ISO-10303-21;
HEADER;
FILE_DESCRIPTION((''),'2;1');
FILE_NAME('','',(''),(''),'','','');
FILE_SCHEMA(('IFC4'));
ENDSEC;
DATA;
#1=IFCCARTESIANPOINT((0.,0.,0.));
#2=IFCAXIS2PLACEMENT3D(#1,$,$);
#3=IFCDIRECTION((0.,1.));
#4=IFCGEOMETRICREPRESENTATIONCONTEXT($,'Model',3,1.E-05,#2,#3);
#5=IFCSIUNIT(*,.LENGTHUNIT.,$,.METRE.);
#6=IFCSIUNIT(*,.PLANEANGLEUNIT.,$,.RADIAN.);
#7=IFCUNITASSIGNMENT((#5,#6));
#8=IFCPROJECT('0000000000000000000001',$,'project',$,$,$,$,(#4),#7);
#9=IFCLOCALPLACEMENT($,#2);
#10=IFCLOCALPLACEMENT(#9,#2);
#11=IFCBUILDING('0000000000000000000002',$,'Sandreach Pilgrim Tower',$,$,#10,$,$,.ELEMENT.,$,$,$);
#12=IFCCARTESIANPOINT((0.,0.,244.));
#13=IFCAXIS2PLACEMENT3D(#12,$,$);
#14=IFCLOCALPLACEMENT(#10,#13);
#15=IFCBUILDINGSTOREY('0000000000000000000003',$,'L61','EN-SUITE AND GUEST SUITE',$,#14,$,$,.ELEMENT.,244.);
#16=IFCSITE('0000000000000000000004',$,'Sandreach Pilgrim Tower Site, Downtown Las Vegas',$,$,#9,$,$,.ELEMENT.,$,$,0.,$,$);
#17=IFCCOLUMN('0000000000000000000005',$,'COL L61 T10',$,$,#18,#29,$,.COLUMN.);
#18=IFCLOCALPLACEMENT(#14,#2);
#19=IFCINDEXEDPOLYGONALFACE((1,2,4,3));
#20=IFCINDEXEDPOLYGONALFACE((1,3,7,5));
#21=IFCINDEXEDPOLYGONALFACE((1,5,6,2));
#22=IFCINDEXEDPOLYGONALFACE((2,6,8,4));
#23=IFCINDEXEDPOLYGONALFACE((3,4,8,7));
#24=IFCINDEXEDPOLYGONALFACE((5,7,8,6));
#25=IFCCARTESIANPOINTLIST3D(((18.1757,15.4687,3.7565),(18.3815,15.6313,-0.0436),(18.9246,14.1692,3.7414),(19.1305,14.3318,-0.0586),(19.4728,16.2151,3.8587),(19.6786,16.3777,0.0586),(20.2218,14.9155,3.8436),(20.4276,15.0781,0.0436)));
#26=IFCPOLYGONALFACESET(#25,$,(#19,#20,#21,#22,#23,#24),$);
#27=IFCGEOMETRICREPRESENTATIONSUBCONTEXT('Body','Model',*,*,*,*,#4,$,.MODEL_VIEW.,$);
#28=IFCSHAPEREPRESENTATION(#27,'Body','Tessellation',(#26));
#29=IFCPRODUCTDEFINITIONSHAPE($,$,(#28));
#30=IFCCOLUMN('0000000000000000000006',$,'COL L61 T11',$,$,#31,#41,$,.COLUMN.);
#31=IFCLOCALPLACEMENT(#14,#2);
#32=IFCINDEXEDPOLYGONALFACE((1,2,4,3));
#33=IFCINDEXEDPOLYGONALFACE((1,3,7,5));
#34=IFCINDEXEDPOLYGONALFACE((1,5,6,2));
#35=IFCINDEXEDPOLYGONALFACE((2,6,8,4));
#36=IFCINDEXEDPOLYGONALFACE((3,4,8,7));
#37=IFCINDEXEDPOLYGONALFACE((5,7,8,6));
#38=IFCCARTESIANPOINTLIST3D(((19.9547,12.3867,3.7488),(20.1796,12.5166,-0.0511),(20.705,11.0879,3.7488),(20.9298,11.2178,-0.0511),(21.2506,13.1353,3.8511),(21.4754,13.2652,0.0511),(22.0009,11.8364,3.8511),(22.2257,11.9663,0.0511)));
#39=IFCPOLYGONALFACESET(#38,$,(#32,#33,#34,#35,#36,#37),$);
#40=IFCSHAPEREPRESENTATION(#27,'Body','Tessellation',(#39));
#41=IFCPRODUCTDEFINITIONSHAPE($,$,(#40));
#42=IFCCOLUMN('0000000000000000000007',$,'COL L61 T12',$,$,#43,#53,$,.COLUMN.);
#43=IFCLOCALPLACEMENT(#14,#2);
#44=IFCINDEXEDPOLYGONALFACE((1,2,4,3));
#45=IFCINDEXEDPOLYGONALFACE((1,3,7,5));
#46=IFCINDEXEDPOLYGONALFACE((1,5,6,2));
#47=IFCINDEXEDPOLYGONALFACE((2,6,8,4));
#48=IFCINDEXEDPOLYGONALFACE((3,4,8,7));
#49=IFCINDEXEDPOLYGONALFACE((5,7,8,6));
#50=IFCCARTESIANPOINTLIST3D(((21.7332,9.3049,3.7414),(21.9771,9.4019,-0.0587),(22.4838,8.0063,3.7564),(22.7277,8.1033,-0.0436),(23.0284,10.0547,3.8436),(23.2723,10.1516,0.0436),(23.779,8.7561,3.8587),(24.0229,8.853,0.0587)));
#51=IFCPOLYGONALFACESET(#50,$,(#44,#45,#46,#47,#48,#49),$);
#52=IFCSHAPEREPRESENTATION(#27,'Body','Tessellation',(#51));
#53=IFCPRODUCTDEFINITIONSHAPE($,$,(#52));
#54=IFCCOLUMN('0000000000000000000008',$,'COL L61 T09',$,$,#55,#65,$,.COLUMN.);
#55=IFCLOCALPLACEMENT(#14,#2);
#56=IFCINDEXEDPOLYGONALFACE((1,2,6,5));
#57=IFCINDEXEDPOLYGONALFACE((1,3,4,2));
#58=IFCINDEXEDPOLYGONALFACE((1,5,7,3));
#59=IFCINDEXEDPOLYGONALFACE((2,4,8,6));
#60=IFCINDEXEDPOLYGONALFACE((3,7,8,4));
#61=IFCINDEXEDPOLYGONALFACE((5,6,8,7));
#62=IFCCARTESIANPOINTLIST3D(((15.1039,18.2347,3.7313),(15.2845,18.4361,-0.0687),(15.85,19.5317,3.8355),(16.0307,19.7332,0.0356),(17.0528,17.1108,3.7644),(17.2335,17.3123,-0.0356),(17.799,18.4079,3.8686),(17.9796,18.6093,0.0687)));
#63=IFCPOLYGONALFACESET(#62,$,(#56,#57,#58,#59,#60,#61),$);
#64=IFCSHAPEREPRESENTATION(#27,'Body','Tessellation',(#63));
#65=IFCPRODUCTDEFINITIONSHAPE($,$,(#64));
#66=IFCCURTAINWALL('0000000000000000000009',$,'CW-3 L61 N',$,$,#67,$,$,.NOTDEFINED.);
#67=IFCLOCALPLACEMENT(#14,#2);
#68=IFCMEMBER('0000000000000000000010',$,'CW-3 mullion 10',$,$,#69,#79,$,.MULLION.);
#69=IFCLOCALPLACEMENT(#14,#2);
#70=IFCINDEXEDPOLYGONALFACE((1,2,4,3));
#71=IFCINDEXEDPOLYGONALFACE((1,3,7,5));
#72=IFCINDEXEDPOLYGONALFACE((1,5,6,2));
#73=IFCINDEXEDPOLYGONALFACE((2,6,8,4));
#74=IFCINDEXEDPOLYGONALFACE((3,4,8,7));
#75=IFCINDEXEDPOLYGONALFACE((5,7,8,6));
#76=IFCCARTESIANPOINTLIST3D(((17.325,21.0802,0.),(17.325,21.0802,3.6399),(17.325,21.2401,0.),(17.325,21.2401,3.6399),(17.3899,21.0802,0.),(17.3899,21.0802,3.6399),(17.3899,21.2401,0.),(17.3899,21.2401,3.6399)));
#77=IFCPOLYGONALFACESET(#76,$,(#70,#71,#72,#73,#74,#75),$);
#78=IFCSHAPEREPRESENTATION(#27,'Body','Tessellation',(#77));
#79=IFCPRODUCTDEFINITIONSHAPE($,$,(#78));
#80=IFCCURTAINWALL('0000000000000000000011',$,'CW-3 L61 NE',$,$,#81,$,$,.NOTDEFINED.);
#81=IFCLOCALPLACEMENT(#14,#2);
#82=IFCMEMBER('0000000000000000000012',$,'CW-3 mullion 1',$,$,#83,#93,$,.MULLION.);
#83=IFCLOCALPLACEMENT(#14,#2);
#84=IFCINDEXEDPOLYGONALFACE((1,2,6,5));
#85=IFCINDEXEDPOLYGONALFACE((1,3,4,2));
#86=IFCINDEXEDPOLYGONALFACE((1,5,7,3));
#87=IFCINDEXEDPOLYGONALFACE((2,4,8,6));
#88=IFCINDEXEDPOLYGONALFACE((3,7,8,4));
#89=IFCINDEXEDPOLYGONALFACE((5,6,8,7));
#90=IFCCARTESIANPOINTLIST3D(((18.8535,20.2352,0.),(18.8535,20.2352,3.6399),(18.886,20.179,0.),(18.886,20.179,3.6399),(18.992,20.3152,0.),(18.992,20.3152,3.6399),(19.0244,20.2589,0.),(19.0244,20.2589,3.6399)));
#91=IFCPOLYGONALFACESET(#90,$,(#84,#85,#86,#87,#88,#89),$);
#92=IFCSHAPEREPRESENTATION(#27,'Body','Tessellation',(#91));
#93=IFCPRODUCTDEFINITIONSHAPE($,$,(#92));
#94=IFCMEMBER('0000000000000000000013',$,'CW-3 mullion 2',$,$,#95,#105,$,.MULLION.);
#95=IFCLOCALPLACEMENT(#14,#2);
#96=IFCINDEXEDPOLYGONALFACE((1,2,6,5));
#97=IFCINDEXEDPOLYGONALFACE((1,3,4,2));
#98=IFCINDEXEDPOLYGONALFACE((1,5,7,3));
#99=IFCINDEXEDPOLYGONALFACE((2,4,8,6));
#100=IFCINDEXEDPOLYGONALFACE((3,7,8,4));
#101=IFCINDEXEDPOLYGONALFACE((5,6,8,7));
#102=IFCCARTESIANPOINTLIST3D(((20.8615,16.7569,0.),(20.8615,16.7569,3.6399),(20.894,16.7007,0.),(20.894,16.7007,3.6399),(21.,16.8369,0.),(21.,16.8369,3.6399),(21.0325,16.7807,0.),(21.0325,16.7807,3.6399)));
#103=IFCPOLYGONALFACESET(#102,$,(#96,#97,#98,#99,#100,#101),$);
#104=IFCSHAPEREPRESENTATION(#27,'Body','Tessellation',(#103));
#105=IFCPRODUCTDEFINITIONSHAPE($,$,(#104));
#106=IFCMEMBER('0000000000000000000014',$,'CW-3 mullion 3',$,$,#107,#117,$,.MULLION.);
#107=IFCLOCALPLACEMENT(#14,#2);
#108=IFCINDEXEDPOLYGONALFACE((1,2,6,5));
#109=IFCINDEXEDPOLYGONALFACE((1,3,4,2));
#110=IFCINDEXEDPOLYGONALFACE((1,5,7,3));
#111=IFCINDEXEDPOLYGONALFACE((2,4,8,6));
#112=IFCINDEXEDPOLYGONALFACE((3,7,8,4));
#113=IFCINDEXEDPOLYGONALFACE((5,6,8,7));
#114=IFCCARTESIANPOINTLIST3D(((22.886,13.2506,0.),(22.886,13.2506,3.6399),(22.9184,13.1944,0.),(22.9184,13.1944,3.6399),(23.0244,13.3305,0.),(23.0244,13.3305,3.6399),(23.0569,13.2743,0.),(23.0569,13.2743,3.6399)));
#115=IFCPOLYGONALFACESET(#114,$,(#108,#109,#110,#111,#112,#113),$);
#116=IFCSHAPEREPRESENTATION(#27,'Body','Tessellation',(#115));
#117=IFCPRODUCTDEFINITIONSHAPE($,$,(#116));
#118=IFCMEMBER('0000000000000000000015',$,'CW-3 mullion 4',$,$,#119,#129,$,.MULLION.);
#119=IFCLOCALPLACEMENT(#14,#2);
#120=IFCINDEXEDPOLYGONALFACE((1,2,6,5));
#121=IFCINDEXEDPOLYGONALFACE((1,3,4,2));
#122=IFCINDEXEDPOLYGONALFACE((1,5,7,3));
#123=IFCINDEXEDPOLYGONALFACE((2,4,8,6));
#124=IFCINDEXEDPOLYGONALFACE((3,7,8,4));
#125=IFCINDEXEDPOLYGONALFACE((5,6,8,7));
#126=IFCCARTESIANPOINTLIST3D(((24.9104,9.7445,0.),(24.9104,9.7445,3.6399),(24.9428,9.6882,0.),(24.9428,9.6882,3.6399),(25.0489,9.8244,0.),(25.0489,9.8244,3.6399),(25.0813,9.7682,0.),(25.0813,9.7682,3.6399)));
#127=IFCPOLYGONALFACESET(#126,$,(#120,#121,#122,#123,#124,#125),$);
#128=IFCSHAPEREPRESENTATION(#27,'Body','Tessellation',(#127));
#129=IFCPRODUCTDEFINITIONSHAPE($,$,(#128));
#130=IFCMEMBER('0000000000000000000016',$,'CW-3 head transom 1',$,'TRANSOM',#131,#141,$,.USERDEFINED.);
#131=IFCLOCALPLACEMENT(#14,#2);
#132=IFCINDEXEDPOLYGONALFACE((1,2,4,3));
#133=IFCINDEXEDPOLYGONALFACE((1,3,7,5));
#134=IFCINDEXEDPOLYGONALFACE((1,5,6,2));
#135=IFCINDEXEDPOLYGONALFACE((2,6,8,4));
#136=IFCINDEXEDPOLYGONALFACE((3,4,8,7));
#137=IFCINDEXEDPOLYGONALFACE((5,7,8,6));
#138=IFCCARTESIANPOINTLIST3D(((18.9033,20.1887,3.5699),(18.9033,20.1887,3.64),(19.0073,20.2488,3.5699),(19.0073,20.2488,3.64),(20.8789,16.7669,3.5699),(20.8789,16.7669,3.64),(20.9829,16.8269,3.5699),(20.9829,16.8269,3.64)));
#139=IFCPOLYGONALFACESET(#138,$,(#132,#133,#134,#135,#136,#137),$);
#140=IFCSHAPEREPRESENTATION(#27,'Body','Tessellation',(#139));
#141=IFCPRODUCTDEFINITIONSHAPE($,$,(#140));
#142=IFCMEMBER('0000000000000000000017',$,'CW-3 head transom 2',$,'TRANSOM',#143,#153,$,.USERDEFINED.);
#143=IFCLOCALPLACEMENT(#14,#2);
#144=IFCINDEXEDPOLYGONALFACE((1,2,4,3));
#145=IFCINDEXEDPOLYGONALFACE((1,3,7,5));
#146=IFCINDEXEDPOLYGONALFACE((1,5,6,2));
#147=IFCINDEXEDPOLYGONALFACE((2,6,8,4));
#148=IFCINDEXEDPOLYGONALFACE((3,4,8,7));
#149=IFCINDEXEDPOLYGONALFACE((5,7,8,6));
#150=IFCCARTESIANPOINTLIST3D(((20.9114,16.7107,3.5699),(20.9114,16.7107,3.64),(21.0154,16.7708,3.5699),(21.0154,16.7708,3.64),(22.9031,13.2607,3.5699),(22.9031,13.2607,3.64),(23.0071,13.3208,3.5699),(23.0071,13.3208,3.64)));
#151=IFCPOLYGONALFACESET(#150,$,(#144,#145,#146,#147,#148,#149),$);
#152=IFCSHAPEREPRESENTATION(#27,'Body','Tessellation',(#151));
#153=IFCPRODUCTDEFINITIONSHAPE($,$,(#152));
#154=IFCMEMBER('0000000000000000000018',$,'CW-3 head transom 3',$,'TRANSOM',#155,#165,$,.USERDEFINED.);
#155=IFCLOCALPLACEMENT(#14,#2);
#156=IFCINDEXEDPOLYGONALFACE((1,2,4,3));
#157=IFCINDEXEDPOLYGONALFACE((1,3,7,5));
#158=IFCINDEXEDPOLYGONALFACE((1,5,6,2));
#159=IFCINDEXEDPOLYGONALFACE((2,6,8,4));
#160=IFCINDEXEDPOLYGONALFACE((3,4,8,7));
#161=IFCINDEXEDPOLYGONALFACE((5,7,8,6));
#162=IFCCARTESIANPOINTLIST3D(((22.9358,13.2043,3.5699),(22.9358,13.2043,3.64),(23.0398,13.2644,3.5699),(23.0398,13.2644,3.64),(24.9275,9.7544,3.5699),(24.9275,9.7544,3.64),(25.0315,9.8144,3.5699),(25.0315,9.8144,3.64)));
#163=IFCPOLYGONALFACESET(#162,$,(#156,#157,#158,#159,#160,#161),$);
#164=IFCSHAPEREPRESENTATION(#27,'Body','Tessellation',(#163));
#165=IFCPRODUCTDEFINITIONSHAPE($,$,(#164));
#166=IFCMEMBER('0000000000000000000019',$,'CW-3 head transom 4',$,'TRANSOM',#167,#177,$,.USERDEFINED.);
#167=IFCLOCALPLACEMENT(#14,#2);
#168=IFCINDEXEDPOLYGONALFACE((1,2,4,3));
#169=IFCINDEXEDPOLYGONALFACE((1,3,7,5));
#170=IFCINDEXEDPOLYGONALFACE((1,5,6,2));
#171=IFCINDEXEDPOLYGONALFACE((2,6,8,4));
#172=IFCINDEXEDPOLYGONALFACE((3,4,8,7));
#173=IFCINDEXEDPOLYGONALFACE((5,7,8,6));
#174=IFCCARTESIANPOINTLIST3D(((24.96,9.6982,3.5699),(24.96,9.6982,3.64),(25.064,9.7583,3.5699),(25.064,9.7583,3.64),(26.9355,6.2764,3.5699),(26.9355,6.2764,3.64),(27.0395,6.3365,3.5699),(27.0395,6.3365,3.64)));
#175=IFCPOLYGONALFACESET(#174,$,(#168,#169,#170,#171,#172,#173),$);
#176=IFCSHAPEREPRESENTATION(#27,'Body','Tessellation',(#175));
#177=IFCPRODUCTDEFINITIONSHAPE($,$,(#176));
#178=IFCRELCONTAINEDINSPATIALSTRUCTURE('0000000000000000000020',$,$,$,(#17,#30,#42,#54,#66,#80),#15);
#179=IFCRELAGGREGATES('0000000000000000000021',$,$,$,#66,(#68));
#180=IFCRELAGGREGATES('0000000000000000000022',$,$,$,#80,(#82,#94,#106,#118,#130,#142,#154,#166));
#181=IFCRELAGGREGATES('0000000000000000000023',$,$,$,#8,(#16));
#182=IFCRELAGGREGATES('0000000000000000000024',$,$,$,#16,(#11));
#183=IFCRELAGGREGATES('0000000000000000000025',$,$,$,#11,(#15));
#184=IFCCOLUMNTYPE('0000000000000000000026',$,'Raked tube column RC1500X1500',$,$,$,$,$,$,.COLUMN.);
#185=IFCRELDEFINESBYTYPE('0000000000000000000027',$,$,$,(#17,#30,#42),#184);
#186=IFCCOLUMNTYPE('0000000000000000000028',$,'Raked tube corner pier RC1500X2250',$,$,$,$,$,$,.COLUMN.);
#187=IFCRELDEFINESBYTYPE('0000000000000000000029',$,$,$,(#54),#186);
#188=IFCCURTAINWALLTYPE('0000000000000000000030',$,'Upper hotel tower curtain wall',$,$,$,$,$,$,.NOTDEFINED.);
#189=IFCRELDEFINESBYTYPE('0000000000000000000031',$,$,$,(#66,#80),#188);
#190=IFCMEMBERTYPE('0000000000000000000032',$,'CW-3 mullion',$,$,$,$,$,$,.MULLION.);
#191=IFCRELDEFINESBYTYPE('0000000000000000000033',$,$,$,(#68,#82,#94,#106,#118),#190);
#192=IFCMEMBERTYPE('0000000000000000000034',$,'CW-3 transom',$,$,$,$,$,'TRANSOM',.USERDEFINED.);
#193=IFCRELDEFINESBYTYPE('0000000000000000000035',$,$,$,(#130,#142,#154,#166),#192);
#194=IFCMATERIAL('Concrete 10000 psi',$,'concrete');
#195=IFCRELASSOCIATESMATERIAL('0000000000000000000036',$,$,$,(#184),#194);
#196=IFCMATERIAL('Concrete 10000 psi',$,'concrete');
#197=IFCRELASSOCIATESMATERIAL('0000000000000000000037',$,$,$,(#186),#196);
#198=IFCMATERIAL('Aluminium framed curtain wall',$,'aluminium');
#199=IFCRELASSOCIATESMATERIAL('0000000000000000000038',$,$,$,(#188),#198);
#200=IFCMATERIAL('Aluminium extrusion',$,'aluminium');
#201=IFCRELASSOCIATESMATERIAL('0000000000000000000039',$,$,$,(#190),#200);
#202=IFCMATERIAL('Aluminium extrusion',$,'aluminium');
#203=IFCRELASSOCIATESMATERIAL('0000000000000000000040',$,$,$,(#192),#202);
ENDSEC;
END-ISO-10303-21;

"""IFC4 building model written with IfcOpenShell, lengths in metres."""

from ifc_helpers import new_model, si_unit, direction, frame, origin, origin_2d, place, context, subcontext, project, spatial, rectangle, extrude, material, material_profile, profile_set, type_object, element, aggregate, save


model = new_model("IFC4")

# Units and contexts
model_context = context("Model", 3, precision=1e-05, world=origin(), true_north=direction((0.0, 1.0)))
body_context = subcontext(model_context, "Body", "Model", "MODEL_VIEW")
ifc_project = project(units=[si_unit("LENGTHUNIT", "METRE"), si_unit("PLANEANGLEUNIT", "RADIAN")], contexts=[model_context])

# Site, building, storey
site_placement = place(None, origin())
site = spatial("IfcSite", under=ifc_project, at=site_placement, Name="Sandreach Pilgrim Tower Site, Downtown Las Vegas", CompositionType="ELEMENT", RefElevation=0.0)
building_placement = place(site_placement, origin())
building = spatial("IfcBuilding", under=site, at=building_placement, Name="Sandreach Pilgrim Tower", CompositionType="ELEMENT")
storey_placement = place(building_placement, frame((0.0, 0.0, 244.0)))
storey = spatial("IfcBuildingStorey", under=building, at=storey_placement, Name="L61", Description="EN-SUITE AND GUEST SUITE", CompositionType="ELEMENT", Elevation=244.0)

# Columns
ifc_material_1 = material(Name="Concrete 10000 psi", Category="concrete")
ifc_material_profile_1 = material_profile(ifc_material_1, rectangle(XDim=1.5, YDim=1.5, at=origin_2d()), Name="RC1500X1500")
ifc_profile_set_1 = profile_set([ifc_material_profile_1], Name="Concrete 10000 psi")
column_type_1 = type_object("IfcColumnType", Name="Raked tube column RC1500X1500", PredefinedType="COLUMN", material=ifc_profile_set_1)
column_1_placement = place(storey_placement, frame((19.4045, 15.3547, 0.0), z_axis=(-0.054031, -0.042687, 0.997626), x_axis=(0.864743, 0.497572, 0.068125)))
element("IfcColumn", 1, at=column_1_placement, inside=storey, type_object=column_type_1, Name="COL L61 T10", PredefinedType="COLUMN", context=body_context, shape_type="SweptSolid", body=[
    extrude(rectangle(XDim=1.5, YDim=1.5, at=origin_2d()), origin(), (0.0, 0.0, 1.0), 3.8091),
])
column_2_placement = place(storey_placement, frame((21.2026, 12.2415, 0.0), z_axis=(-0.059034, -0.0341, 0.997673), x_axis=(0.863905, 0.49902, 0.068174)))
element("IfcColumn", 2, at=column_2_placement, inside=storey, type_object=column_type_1, Name="COL L61 T11", PredefinedType="COLUMN", context=body_context, shape_type="SweptSolid", body=[
    extrude(rectangle(XDim=1.5, YDim=1.5, at=origin_2d()), origin(), (0.0, 0.0, 1.0), 3.8088),
])
column_3_placement = place(storey_placement, frame((23.0, 9.1274, 0.0), z_axis=(-0.06403, -0.025445, 0.997624), x_axis=(0.86343, 0.499842, 0.068166)))
element("IfcColumn", 3, at=column_3_placement, inside=storey, type_object=column_type_1, Name="COL L61 T12", PredefinedType="COLUMN", context=body_context, shape_type="SweptSolid", body=[
    extrude(rectangle(XDim=1.5, YDim=1.5, at=origin_2d()), origin(), (0.0, 0.0, 1.0), 3.8091),
])
ifc_material_2 = material(Name="Concrete 10000 psi", Category="concrete")
ifc_material_profile_2 = material_profile(ifc_material_2, rectangle(XDim=1.5, YDim=2.25, at=origin_2d()), Name="RC1500X2250")
ifc_profile_set_2 = profile_set([ifc_material_profile_2], Name="Concrete 10000 psi")
column_type_2 = type_object("IfcColumnType", Name="Raked tube corner pier RC1500X2250", PredefinedType="COLUMN", material=ifc_profile_set_2)
column_4_placement = place(storey_placement, frame((16.6321, 18.5227, 0.0), z_axis=(-0.047423, -0.05287, 0.997475), x_axis=(0.497441, 0.864711, 0.069482)))
element("IfcColumn", 4, at=column_4_placement, inside=storey, type_object=column_type_2, Name="COL L61 T09", PredefinedType="COLUMN", context=body_context, shape_type="SweptSolid", body=[
    extrude(rectangle(XDim=1.5, YDim=2.25, at=origin_2d()), origin(), (0.0, 0.0, 1.0), 3.8096),
])

# Curtain wall, member
ifc_material_3 = material(Name="Aluminium framed curtain wall", Category="aluminium")
curtain_wall_type = type_object("IfcCurtainWallType", Name="Upper hotel tower curtain wall", PredefinedType="NOTDEFINED", material=ifc_material_3)
curtain_wall_1_placement = place(storey_placement, origin())
curtain_wall_1 = element("IfcCurtainWall", 5, at=curtain_wall_1_placement, inside=storey, type_object=curtain_wall_type, Name="CW-3 L61 N", PredefinedType="NOTDEFINED")
ifc_material_4 = material(Name="Aluminium extrusion", Category="aluminium")
ifc_material_profile_3 = material_profile(ifc_material_4, rectangle(XDim=0.0649, YDim=0.1599, at=origin_2d()), Name="CW-3M 65X160")
ifc_profile_set_3 = profile_set([ifc_material_profile_3], Name="Aluminium extrusion")
member_type_1 = type_object("IfcMemberType", Name="CW-3 mullion", PredefinedType="MULLION", material=ifc_profile_set_3)
member_1_placement = place(storey_placement, frame((17.3574, 21.1602, 0.0), z_axis=(0.0, 0.0, 1.0), x_axis=(1.0, 0.0, 0.0)))
member_1 = element("IfcMember", 6, at=member_1_placement, type_object=member_type_1, Name="CW-3 mullion 10", PredefinedType="MULLION", context=body_context, shape_type="SweptSolid", body=[
    extrude(rectangle(XDim=0.0649, YDim=0.1599, at=origin_2d()), origin(), (0.0, 0.0, 1.0), 3.6399),
])
aggregate(curtain_wall_1, [member_1])

# Curtain wall, members
curtain_wall_2_placement = place(storey_placement, origin())
curtain_wall_2 = element("IfcCurtainWall", 7, at=curtain_wall_2_placement, inside=storey, type_object=curtain_wall_type, Name="CW-3 L61 NE", PredefinedType="NOTDEFINED")
member_2_placement = place(storey_placement, frame((18.939, 20.2471, 0.0), z_axis=(0.0, 0.0, 1.0), x_axis=(0.5, -0.866025, 0.0)))
member_2 = element("IfcMember", 8, at=member_2_placement, type_object=member_type_1, Name="CW-3 mullion 1", PredefinedType="MULLION", context=body_context, shape_type="SweptSolid", body=[
    extrude(rectangle(XDim=0.0649, YDim=0.1599, at=origin_2d()), origin(), (0.0, 0.0, 1.0), 3.6399),
])
member_3_placement = place(storey_placement, frame((20.947, 16.7688, 0.0), z_axis=(0.0, 0.0, 1.0), x_axis=(0.5, -0.866025, 0.0)))
member_3 = element("IfcMember", 9, at=member_3_placement, type_object=member_type_1, Name="CW-3 mullion 2", PredefinedType="MULLION", context=body_context, shape_type="SweptSolid", body=[
    extrude(rectangle(XDim=0.0649, YDim=0.1599, at=origin_2d()), origin(), (0.0, 0.0, 1.0), 3.6399),
])
member_4_placement = place(storey_placement, frame((22.9714, 13.2625, 0.0), z_axis=(0.0, 0.0, 1.0), x_axis=(0.5, -0.866025, 0.0)))
member_4 = element("IfcMember", 10, at=member_4_placement, type_object=member_type_1, Name="CW-3 mullion 3", PredefinedType="MULLION", context=body_context, shape_type="SweptSolid", body=[
    extrude(rectangle(XDim=0.0649, YDim=0.1599, at=origin_2d()), origin(), (0.0, 0.0, 1.0), 3.6399),
])
member_5_placement = place(storey_placement, frame((24.9958, 9.7563, 0.0), z_axis=(0.0, 0.0, 1.0), x_axis=(0.5, -0.866025, 0.0)))
member_5 = element("IfcMember", 11, at=member_5_placement, type_object=member_type_1, Name="CW-3 mullion 4", PredefinedType="MULLION", context=body_context, shape_type="SweptSolid", body=[
    extrude(rectangle(XDim=0.0649, YDim=0.1599, at=origin_2d()), origin(), (0.0, 0.0, 1.0), 3.6399),
])
ifc_material_5 = material(Name="Aluminium extrusion", Category="aluminium")
ifc_material_profile_4 = material_profile(ifc_material_5, rectangle(XDim=0.1201, YDim=0.0701, at=origin_2d()), Name="CW-3T 120X70")
ifc_profile_set_4 = profile_set([ifc_material_profile_4], Name="Aluminium extrusion")
member_type_2 = type_object("IfcMemberType", Name="CW-3 transom", ElementType="TRANSOM", PredefinedType="USERDEFINED", material=ifc_profile_set_4)
member_6_placement = place(storey_placement, frame((18.9553, 20.2188, 3.605), z_axis=(0.499993, -0.866029, 0.0), x_axis=(0.866029, 0.499993, 0.0)))
member_6 = element("IfcMember", 12, at=member_6_placement, type_object=member_type_2, Name="CW-3 head transom 1", ObjectType="TRANSOM", PredefinedType="USERDEFINED", context=body_context, shape_type="SweptSolid", body=[
    extrude(rectangle(XDim=0.1201, YDim=0.0701, at=origin_2d()), origin(), (0.0, 0.0, 1.0), 3.9512),
])
member_7_placement = place(storey_placement, frame((20.9634, 16.7407, 3.605), z_axis=(0.499975, -0.86604, 0.0), x_axis=(0.86604, 0.499975, 0.0)))
member_7 = element("IfcMember", 13, at=member_7_placement, type_object=member_type_2, Name="CW-3 head transom 2", ObjectType="TRANSOM", PredefinedType="USERDEFINED", context=body_context, shape_type="SweptSolid", body=[
    extrude(rectangle(XDim=0.1201, YDim=0.0701, at=origin_2d()), origin(), (0.0, 0.0, 1.0), 3.9836),
])
member_8_placement = place(storey_placement, frame((22.9878, 13.2344, 3.605), z_axis=(0.499975, -0.86604, 0.0), x_axis=(0.86604, 0.499975, 0.0)))
member_8 = element("IfcMember", 14, at=member_8_placement, type_object=member_type_2, Name="CW-3 head transom 3", ObjectType="TRANSOM", PredefinedType="USERDEFINED", context=body_context, shape_type="SweptSolid", body=[
    extrude(rectangle(XDim=0.1201, YDim=0.0701, at=origin_2d()), origin(), (0.0, 0.0, 1.0), 3.9836),
])
member_9_placement = place(storey_placement, frame((25.012, 9.7283, 3.605), z_axis=(0.499993, -0.866029, 0.0), x_axis=(0.866029, 0.499993, 0.0)))
member_9 = element("IfcMember", 15, at=member_9_placement, type_object=member_type_2, Name="CW-3 head transom 4", ObjectType="TRANSOM", PredefinedType="USERDEFINED", context=body_context, shape_type="SweptSolid", body=[
    extrude(rectangle(XDim=0.1201, YDim=0.0701, at=origin_2d()), origin(), (0.0, 0.0, 1.0), 3.9512),
])

aggregate(curtain_wall_2, [member_2, member_3, member_4, member_5, member_6, member_7, member_8, member_9])

save(model, "model.ifc")
